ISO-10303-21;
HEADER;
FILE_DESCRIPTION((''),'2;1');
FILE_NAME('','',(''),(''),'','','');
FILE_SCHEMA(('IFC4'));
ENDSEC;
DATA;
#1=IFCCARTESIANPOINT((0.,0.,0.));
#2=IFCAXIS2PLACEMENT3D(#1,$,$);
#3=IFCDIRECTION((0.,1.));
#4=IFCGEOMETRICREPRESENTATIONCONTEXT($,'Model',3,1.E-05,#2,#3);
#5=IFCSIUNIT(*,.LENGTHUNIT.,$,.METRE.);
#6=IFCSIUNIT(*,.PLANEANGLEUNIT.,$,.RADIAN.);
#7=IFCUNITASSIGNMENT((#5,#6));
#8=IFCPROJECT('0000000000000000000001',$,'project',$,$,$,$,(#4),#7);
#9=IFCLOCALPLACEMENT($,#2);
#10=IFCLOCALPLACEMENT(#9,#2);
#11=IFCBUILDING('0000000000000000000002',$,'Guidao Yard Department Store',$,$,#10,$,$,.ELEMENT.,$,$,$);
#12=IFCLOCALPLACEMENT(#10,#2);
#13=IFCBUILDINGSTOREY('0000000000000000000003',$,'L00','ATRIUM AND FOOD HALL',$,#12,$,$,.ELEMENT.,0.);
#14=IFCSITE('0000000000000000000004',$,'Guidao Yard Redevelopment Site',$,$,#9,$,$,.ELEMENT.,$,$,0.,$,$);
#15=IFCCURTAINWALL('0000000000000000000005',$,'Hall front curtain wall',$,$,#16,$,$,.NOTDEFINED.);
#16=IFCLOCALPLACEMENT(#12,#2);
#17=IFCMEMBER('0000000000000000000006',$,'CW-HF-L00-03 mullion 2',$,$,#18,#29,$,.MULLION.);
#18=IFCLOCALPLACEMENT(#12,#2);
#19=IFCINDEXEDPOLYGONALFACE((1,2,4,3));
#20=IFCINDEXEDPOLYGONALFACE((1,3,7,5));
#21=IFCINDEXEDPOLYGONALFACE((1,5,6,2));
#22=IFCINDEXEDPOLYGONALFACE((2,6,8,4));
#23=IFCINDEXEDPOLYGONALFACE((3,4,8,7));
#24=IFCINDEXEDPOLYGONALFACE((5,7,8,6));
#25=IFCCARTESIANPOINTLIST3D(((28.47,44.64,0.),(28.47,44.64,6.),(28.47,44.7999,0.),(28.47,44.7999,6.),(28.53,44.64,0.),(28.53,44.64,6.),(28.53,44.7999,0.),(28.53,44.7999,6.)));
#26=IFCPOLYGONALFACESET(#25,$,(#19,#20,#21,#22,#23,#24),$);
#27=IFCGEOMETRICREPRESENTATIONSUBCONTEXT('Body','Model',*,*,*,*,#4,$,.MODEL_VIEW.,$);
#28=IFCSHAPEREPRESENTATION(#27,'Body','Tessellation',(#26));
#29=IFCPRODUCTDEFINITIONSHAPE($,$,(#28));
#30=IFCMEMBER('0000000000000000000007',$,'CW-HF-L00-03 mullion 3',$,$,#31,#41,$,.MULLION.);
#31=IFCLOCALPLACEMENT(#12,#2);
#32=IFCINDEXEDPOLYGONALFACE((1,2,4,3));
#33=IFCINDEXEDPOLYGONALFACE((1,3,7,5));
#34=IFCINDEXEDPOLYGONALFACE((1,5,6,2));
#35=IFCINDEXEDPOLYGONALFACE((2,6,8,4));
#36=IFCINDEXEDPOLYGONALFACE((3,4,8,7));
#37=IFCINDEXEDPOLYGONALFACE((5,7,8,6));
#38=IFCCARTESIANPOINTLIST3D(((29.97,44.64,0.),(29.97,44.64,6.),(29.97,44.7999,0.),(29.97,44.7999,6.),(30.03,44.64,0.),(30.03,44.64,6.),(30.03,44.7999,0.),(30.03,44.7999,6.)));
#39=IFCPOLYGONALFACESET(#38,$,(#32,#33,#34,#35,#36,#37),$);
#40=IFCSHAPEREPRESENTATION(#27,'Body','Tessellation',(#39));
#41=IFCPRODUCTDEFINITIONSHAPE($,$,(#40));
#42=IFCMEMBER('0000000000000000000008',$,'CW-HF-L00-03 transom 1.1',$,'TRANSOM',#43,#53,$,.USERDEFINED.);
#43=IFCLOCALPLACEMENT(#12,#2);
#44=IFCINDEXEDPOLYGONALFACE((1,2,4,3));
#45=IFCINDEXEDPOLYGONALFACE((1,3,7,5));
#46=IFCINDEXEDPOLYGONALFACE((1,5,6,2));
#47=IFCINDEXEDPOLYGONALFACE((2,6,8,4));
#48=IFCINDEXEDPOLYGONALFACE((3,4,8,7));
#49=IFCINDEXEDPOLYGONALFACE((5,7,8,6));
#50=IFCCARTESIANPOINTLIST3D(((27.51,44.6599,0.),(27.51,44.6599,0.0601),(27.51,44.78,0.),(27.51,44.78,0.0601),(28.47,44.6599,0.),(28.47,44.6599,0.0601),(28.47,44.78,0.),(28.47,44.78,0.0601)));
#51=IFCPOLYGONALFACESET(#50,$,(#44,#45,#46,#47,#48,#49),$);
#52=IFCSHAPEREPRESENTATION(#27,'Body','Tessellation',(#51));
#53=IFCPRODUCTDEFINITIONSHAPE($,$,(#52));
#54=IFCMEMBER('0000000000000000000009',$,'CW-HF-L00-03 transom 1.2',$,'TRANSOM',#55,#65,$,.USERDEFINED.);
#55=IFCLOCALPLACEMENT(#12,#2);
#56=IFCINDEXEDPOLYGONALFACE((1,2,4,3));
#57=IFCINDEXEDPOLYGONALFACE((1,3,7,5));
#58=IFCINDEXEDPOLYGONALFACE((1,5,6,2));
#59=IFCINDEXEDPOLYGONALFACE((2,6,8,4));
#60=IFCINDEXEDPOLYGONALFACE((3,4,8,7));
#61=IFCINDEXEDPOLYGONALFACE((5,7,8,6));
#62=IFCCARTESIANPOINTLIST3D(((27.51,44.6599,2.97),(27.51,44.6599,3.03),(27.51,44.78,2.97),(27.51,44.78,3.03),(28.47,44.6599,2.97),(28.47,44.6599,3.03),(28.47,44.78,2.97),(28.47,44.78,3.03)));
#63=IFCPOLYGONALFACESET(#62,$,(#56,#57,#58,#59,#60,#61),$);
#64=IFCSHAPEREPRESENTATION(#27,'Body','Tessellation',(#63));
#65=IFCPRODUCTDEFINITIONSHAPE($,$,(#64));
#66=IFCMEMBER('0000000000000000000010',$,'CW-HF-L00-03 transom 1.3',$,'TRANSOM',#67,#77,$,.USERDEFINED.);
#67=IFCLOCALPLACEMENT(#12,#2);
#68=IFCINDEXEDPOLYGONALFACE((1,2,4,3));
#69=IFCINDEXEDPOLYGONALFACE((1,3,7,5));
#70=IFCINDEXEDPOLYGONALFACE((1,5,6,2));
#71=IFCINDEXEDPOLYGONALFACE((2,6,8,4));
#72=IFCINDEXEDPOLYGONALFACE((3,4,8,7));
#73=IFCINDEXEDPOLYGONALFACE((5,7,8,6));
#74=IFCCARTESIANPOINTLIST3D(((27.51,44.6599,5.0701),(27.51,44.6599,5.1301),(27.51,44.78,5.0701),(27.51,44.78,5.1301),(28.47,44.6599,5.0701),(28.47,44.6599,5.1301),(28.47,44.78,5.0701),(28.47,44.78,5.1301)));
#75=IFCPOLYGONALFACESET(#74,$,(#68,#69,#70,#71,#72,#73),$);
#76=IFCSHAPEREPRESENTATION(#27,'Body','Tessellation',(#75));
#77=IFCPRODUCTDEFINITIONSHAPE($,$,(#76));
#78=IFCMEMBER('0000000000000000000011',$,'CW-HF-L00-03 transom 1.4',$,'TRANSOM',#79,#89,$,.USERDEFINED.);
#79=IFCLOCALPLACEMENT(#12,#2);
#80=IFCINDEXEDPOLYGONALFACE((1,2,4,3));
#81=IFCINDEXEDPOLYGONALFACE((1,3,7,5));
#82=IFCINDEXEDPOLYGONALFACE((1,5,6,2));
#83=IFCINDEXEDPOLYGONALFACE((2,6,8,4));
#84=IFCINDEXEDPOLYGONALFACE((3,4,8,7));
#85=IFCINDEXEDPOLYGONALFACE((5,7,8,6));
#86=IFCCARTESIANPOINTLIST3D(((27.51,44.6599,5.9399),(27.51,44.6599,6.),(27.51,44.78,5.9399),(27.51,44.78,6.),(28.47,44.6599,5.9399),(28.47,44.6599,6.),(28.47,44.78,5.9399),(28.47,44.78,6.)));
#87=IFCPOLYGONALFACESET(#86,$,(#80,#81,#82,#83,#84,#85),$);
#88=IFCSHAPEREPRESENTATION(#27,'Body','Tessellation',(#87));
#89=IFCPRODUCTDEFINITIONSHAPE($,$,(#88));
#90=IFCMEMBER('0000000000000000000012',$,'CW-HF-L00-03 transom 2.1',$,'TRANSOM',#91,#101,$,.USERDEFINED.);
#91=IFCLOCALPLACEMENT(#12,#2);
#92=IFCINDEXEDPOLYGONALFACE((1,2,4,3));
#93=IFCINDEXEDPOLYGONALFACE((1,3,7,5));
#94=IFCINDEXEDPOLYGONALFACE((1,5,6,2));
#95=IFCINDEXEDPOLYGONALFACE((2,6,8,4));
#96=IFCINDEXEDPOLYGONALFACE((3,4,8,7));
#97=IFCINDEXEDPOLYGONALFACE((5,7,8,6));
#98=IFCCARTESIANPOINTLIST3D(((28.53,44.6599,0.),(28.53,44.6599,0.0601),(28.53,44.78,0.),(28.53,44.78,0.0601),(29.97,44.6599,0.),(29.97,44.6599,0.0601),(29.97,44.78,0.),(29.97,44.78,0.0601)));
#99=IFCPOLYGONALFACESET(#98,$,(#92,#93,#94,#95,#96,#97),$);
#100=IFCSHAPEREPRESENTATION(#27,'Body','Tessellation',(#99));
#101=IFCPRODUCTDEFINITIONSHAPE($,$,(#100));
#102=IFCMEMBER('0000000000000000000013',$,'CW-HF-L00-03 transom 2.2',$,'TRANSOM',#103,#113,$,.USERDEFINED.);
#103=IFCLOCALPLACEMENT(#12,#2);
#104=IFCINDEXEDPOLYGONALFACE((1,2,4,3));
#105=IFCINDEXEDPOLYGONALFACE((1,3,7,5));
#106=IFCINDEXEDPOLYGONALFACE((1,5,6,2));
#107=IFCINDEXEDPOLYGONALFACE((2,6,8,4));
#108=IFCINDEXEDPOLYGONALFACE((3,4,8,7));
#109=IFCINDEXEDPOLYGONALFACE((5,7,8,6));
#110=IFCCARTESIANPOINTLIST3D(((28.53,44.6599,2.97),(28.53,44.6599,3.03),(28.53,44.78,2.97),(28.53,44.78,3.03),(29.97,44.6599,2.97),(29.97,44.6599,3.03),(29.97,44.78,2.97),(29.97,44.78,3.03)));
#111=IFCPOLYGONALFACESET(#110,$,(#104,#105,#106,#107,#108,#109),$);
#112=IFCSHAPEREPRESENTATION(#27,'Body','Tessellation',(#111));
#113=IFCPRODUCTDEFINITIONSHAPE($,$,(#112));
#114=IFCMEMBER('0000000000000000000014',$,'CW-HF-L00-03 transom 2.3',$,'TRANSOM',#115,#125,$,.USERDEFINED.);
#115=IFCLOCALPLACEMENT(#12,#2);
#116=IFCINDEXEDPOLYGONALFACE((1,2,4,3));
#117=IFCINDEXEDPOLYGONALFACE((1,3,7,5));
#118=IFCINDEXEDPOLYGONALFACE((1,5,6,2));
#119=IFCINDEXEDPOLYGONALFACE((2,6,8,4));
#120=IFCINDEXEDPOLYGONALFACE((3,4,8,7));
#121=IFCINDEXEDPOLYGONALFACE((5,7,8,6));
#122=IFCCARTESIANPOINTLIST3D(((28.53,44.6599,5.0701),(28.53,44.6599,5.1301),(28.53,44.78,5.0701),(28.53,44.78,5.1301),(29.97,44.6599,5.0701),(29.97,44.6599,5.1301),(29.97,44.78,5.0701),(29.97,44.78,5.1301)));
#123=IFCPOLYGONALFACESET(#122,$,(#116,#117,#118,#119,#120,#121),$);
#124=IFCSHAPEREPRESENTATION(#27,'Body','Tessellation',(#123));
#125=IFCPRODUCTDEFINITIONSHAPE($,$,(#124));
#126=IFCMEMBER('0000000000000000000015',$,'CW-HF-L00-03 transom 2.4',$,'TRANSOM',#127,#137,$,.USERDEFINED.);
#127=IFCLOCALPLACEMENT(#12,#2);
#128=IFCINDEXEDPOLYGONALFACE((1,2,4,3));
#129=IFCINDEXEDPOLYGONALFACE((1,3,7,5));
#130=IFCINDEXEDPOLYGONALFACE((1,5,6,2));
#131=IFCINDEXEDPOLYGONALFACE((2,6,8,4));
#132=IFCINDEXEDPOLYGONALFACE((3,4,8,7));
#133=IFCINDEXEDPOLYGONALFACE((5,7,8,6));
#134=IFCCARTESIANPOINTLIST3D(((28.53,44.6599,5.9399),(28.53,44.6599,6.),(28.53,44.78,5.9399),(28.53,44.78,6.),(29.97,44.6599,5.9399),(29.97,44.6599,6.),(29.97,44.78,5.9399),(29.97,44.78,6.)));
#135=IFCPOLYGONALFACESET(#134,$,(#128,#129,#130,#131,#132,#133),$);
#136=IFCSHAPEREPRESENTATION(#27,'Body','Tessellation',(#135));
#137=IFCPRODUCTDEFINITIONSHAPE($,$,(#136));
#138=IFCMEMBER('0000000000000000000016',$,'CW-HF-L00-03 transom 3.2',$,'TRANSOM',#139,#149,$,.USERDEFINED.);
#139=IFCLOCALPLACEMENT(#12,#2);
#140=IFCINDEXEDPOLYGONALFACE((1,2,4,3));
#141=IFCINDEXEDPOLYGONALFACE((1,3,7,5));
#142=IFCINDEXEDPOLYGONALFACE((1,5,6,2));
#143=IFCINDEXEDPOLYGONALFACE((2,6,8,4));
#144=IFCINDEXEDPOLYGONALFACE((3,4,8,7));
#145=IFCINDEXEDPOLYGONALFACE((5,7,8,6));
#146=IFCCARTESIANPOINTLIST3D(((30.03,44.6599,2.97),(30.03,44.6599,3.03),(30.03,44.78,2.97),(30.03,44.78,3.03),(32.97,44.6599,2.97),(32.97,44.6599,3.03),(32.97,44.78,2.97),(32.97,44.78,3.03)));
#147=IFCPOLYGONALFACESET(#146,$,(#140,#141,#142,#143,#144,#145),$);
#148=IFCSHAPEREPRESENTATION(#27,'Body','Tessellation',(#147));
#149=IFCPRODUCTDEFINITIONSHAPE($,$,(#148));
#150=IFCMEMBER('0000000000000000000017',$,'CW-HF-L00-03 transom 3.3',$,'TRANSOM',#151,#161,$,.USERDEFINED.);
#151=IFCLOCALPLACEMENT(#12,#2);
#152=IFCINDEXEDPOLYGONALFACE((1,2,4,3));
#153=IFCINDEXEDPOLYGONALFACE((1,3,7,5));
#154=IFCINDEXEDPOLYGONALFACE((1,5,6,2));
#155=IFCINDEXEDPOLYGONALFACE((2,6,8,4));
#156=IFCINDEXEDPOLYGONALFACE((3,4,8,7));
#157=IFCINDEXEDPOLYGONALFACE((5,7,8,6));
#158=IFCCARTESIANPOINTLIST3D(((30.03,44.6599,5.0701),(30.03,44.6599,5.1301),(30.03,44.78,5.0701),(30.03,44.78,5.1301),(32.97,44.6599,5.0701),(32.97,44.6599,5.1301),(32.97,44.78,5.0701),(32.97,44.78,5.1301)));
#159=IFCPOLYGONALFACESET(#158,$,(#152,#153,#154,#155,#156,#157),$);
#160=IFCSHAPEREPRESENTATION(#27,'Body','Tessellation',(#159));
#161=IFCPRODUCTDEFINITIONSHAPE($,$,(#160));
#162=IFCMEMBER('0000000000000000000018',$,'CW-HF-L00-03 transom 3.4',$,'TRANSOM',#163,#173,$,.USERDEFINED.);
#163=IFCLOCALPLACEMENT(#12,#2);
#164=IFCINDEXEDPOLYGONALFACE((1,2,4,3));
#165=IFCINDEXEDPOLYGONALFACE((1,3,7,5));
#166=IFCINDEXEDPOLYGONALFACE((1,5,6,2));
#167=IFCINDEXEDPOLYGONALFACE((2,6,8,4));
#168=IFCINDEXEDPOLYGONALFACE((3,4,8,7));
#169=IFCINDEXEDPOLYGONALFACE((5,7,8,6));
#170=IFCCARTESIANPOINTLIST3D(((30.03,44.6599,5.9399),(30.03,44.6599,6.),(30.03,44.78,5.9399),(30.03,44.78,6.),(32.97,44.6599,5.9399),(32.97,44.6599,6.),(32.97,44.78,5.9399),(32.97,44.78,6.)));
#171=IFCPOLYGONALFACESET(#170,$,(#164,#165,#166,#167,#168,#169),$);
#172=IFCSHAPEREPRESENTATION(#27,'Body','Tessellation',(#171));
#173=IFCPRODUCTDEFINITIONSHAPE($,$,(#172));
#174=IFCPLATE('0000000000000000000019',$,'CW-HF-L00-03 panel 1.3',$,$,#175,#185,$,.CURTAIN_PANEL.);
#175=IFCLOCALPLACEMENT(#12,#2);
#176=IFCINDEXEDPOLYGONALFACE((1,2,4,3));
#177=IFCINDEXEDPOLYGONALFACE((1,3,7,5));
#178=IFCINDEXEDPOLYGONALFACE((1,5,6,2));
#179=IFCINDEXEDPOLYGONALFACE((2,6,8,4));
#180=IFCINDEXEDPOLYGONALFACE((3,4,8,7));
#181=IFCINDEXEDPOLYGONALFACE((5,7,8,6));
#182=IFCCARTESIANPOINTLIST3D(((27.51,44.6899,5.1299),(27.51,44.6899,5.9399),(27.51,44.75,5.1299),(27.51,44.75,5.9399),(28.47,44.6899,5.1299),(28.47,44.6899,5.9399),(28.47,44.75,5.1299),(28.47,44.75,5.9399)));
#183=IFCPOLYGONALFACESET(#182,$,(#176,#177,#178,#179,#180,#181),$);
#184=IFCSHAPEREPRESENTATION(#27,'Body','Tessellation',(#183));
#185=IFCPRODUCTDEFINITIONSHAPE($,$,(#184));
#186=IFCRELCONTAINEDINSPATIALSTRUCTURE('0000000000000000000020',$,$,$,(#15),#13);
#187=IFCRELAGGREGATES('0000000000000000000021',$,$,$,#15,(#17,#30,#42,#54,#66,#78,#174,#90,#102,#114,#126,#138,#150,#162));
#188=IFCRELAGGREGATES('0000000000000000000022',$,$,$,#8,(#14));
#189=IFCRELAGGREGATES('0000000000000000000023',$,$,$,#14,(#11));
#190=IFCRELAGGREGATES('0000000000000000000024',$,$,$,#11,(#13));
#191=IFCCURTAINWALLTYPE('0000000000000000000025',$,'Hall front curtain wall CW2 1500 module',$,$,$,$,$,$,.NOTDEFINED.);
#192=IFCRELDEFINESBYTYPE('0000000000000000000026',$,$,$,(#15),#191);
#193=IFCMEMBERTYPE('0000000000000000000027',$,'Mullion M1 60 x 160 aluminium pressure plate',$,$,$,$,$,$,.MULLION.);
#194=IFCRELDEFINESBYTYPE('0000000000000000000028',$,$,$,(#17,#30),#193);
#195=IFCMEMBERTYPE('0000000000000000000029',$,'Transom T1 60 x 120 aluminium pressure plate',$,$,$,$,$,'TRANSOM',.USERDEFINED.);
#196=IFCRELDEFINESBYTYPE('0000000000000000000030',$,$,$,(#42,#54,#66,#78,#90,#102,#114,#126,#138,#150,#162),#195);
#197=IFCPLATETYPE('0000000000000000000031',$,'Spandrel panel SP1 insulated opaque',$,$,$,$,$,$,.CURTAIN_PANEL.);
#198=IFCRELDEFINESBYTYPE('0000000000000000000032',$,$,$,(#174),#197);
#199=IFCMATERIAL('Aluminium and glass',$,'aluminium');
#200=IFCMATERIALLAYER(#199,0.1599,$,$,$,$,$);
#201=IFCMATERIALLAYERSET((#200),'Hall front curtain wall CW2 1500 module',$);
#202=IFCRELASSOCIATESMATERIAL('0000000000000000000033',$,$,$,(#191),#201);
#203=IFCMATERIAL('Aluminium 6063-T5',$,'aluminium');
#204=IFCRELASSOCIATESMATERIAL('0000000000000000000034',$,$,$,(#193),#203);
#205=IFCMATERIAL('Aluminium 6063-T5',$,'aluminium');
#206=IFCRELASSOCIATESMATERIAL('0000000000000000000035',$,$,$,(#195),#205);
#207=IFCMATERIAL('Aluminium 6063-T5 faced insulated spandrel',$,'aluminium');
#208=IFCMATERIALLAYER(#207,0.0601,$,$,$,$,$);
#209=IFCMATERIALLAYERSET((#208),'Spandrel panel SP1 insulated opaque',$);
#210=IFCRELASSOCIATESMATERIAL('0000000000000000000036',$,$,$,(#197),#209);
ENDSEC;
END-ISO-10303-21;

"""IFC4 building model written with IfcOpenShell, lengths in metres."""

from ifc_helpers import new_model, si_unit, direction, frame, origin, origin_2d, place, context, subcontext, project, spatial, rectangle, extrude, material, layer, layer_set, material_profile, profile_set, type_object, element, aggregate, save


model = new_model("IFC4")

# Units and contexts
model_context = context("Model", 3, precision=1e-05, world=origin(), true_north=direction((0.0, 1.0)))
body_context = subcontext(model_context, "Body", "Model", "MODEL_VIEW")
ifc_project = project(units=[si_unit("LENGTHUNIT", "METRE"), si_unit("PLANEANGLEUNIT", "RADIAN")], contexts=[model_context])

# Site, building, storey
site_placement = place(None, origin())
site = spatial("IfcSite", under=ifc_project, at=site_placement, Name="Guidao Yard Redevelopment Site", CompositionType="ELEMENT", RefElevation=0.0)
building_placement = place(site_placement, origin())
building = spatial("IfcBuilding", under=site, at=building_placement, Name="Guidao Yard Department Store", CompositionType="ELEMENT")
storey_placement = place(building_placement, origin())
storey = spatial("IfcBuildingStorey", under=building, at=storey_placement, Name="L00", Description="ATRIUM AND FOOD HALL", CompositionType="ELEMENT", Elevation=0.0)

# Curtain wall, members, plate
ifc_material_1 = material(Name="Aluminium and glass", Category="aluminium")
ifc_layer_1 = layer(ifc_material_1, 0.1599)
ifc_layer_set_1 = layer_set([ifc_layer_1], Name="Hall front curtain wall CW2 1500 module")
curtain_wall_type = type_object("IfcCurtainWallType", Name="Hall front curtain wall CW2 1500 module", PredefinedType="NOTDEFINED", material=ifc_layer_set_1)
curtain_wall_placement = place(storey_placement, origin())
curtain_wall = element("IfcCurtainWall", 1, at=curtain_wall_placement, inside=storey, type_object=curtain_wall_type, Name="Hall front curtain wall", PredefinedType="NOTDEFINED")
ifc_material_2 = material(Name="Aluminium 6063-T5", Category="aluminium")
ifc_material_profile_1 = material_profile(ifc_material_2, rectangle(XDim=0.0601, YDim=0.1599, at=origin_2d()), Name="Mullion M1 60 x 160 aluminium pressure plate")
ifc_profile_set_1 = profile_set([ifc_material_profile_1], Name="Aluminium 6063-T5")
member_type_1 = type_object("IfcMemberType", Name="Mullion M1 60 x 160 aluminium pressure plate", PredefinedType="MULLION", material=ifc_profile_set_1)
member_1_placement = place(storey_placement, frame((28.5, 44.72, 0.0), z_axis=(0.0, 0.0, 1.0), x_axis=(-1.0, 0.0, 0.0)))
member_1 = element("IfcMember", 2, at=member_1_placement, type_object=member_type_1, Name="CW-HF-L00-03 mullion 2", PredefinedType="MULLION", context=body_context, shape_type="SweptSolid", body=[
    extrude(rectangle(XDim=0.0601, YDim=0.1599, at=origin_2d()), origin(), (0.0, 0.0, 1.0), 6.0),
])
member_2_placement = place(storey_placement, frame((30.0, 44.72, 0.0), z_axis=(0.0, 0.0, 1.0), x_axis=(-1.0, 0.0, 0.0)))
member_2 = element("IfcMember", 3, at=member_2_placement, type_object=member_type_1, Name="CW-HF-L00-03 mullion 3", PredefinedType="MULLION", context=body_context, shape_type="SweptSolid", body=[
    extrude(rectangle(XDim=0.0601, YDim=0.1599, at=origin_2d()), origin(), (0.0, 0.0, 1.0), 6.0),
])
ifc_material_3 = material(Name="Aluminium 6063-T5", Category="aluminium")
ifc_material_profile_2 = material_profile(ifc_material_3, rectangle(XDim=0.1201, YDim=0.0601, at=origin_2d()), Name="Transom T1 60 x 120 aluminium pressure plate")
ifc_profile_set_2 = profile_set([ifc_material_profile_2], Name="Aluminium 6063-T5")
member_type_2 = type_object("IfcMemberType", Name="Transom T1 60 x 120 aluminium pressure plate", ElementType="TRANSOM", PredefinedType="USERDEFINED", material=ifc_profile_set_2)
member_3_placement = place(storey_placement, frame((28.47, 44.72, 0.03), z_axis=(-1.0, 0.0, 0.0), x_axis=(0.0, -1.0, 0.0)))
member_3 = element("IfcMember", 4, at=member_3_placement, type_object=member_type_2, Name="CW-HF-L00-03 transom 1.1", ObjectType="TRANSOM", PredefinedType="USERDEFINED", context=body_context, shape_type="SweptSolid", body=[
    extrude(rectangle(XDim=0.1201, YDim=0.0601, at=origin_2d()), origin(), (0.0, 0.0, 1.0), 0.96),
])
member_4_placement = place(storey_placement, frame((28.47, 44.72, 3.0), z_axis=(-1.0, 0.0, 0.0), x_axis=(0.0, -1.0, 0.0)))
member_4 = element("IfcMember", 5, at=member_4_placement, type_object=member_type_2, Name="CW-HF-L00-03 transom 1.2", ObjectType="TRANSOM", PredefinedType="USERDEFINED", context=body_context, shape_type="SweptSolid", body=[
    extrude(rectangle(XDim=0.1201, YDim=0.0601, at=origin_2d()), origin(), (0.0, 0.0, 1.0), 0.96),
])
member_5_placement = place(storey_placement, frame((28.47, 44.72, 5.1001), z_axis=(-1.0, 0.0, 0.0), x_axis=(0.0, -1.0, 0.0)))
member_5 = element("IfcMember", 6, at=member_5_placement, type_object=member_type_2, Name="CW-HF-L00-03 transom 1.3", ObjectType="TRANSOM", PredefinedType="USERDEFINED", context=body_context, shape_type="SweptSolid", body=[
    extrude(rectangle(XDim=0.1201, YDim=0.0601, at=origin_2d()), origin(), (0.0, 0.0, 1.0), 0.96),
])
member_6_placement = place(storey_placement, frame((28.47, 44.72, 5.97), z_axis=(-1.0, 0.0, 0.0), x_axis=(0.0, -1.0, 0.0)))
member_6 = element("IfcMember", 7, at=member_6_placement, type_object=member_type_2, Name="CW-HF-L00-03 transom 1.4", ObjectType="TRANSOM", PredefinedType="USERDEFINED", context=body_context, shape_type="SweptSolid", body=[
    extrude(rectangle(XDim=0.1201, YDim=0.0601, at=origin_2d()), origin(), (0.0, 0.0, 1.0), 0.96),
])
member_7_placement = place(storey_placement, frame((29.97, 44.72, 0.03), z_axis=(-1.0, 0.0, 0.0), x_axis=(0.0, -1.0, 0.0)))
member_7 = element("IfcMember", 8, at=member_7_placement, type_object=member_type_2, Name="CW-HF-L00-03 transom 2.1", ObjectType="TRANSOM", PredefinedType="USERDEFINED", context=body_context, shape_type="SweptSolid", body=[
    extrude(rectangle(XDim=0.1201, YDim=0.0601, at=origin_2d()), origin(), (0.0, 0.0, 1.0), 1.4399),
])
member_8_placement = place(storey_placement, frame((29.97, 44.72, 3.0), z_axis=(-1.0, 0.0, 0.0), x_axis=(0.0, -1.0, 0.0)))
member_8 = element("IfcMember", 9, at=member_8_placement, type_object=member_type_2, Name="CW-HF-L00-03 transom 2.2", ObjectType="TRANSOM", PredefinedType="USERDEFINED", context=body_context, shape_type="SweptSolid", body=[
    extrude(rectangle(XDim=0.1201, YDim=0.0601, at=origin_2d()), origin(), (0.0, 0.0, 1.0), 1.4399),
])
member_9_placement = place(storey_placement, frame((29.97, 44.72, 5.1001), z_axis=(-1.0, 0.0, 0.0), x_axis=(0.0, -1.0, 0.0)))
member_9 = element("IfcMember", 10, at=member_9_placement, type_object=member_type_2, Name="CW-HF-L00-03 transom 2.3", ObjectType="TRANSOM", PredefinedType="USERDEFINED", context=body_context, shape_type="SweptSolid", body=[
    extrude(rectangle(XDim=0.1201, YDim=0.0601, at=origin_2d()), origin(), (0.0, 0.0, 1.0), 1.4399),
])
member_10_placement = place(storey_placement, frame((29.97, 44.72, 5.97), z_axis=(-1.0, 0.0, 0.0), x_axis=(0.0, -1.0, 0.0)))
member_10 = element("IfcMember", 11, at=member_10_placement, type_object=member_type_2, Name="CW-HF-L00-03 transom 2.4", ObjectType="TRANSOM", PredefinedType="USERDEFINED", context=body_context, shape_type="SweptSolid", body=[
    extrude(rectangle(XDim=0.1201, YDim=0.0601, at=origin_2d()), origin(), (0.0, 0.0, 1.0), 1.4399),
])
member_11_placement = place(storey_placement, frame((32.97, 44.72, 3.0), z_axis=(-1.0, 0.0, 0.0), x_axis=(0.0, -1.0, 0.0)))
member_11 = element("IfcMember", 12, at=member_11_placement, type_object=member_type_2, Name="CW-HF-L00-03 transom 3.2", ObjectType="TRANSOM", PredefinedType="USERDEFINED", context=body_context, shape_type="SweptSolid", body=[
    extrude(rectangle(XDim=0.1201, YDim=0.0601, at=origin_2d()), origin(), (0.0, 0.0, 1.0), 2.9399),
])
member_12_placement = place(storey_placement, frame((32.97, 44.72, 5.1001), z_axis=(-1.0, 0.0, 0.0), x_axis=(0.0, -1.0, 0.0)))
member_12 = element("IfcMember", 13, at=member_12_placement, type_object=member_type_2, Name="CW-HF-L00-03 transom 3.3", ObjectType="TRANSOM", PredefinedType="USERDEFINED", context=body_context, shape_type="SweptSolid", body=[
    extrude(rectangle(XDim=0.1201, YDim=0.0601, at=origin_2d()), origin(), (0.0, 0.0, 1.0), 2.9399),
])
member_13_placement = place(storey_placement, frame((32.97, 44.72, 5.97), z_axis=(-1.0, 0.0, 0.0), x_axis=(0.0, -1.0, 0.0)))
member_13 = element("IfcMember", 14, at=member_13_placement, type_object=member_type_2, Name="CW-HF-L00-03 transom 3.4", ObjectType="TRANSOM", PredefinedType="USERDEFINED", context=body_context, shape_type="SweptSolid", body=[
    extrude(rectangle(XDim=0.1201, YDim=0.0601, at=origin_2d()), origin(), (0.0, 0.0, 1.0), 2.9399),
])
ifc_material_4 = material(Name="Aluminium 6063-T5 faced insulated spandrel", Category="aluminium")
ifc_layer_2 = layer(ifc_material_4, 0.0601)
ifc_layer_set_2 = layer_set([ifc_layer_2], Name="Spandrel panel SP1 insulated opaque")
plate_type_1 = type_object("IfcPlateType", Name="Spandrel panel SP1 insulated opaque", PredefinedType="CURTAIN_PANEL", material=ifc_layer_set_2)
plate_1_placement = place(storey_placement, frame((27.99, 44.72, 5.1299), z_axis=(0.0, 0.0, 1.0), x_axis=(-1.0, 0.0, 0.0)))
plate_1 = element("IfcPlate", 15, at=plate_1_placement, type_object=plate_type_1, Name="CW-HF-L00-03 panel 1.3", PredefinedType="CURTAIN_PANEL", context=body_context, shape_type="SweptSolid", body=[
    extrude(rectangle(XDim=0.96, YDim=0.0601, at=origin_2d()), origin(), (0.0, 0.0, 1.0), 0.8101),
])
aggregate(curtain_wall, [member_1, member_2, member_3, member_4, member_5, member_6, plate_1, member_7, member_8, member_9, member_10, member_11, member_12, member_13])

save(model, "model.ifc")
